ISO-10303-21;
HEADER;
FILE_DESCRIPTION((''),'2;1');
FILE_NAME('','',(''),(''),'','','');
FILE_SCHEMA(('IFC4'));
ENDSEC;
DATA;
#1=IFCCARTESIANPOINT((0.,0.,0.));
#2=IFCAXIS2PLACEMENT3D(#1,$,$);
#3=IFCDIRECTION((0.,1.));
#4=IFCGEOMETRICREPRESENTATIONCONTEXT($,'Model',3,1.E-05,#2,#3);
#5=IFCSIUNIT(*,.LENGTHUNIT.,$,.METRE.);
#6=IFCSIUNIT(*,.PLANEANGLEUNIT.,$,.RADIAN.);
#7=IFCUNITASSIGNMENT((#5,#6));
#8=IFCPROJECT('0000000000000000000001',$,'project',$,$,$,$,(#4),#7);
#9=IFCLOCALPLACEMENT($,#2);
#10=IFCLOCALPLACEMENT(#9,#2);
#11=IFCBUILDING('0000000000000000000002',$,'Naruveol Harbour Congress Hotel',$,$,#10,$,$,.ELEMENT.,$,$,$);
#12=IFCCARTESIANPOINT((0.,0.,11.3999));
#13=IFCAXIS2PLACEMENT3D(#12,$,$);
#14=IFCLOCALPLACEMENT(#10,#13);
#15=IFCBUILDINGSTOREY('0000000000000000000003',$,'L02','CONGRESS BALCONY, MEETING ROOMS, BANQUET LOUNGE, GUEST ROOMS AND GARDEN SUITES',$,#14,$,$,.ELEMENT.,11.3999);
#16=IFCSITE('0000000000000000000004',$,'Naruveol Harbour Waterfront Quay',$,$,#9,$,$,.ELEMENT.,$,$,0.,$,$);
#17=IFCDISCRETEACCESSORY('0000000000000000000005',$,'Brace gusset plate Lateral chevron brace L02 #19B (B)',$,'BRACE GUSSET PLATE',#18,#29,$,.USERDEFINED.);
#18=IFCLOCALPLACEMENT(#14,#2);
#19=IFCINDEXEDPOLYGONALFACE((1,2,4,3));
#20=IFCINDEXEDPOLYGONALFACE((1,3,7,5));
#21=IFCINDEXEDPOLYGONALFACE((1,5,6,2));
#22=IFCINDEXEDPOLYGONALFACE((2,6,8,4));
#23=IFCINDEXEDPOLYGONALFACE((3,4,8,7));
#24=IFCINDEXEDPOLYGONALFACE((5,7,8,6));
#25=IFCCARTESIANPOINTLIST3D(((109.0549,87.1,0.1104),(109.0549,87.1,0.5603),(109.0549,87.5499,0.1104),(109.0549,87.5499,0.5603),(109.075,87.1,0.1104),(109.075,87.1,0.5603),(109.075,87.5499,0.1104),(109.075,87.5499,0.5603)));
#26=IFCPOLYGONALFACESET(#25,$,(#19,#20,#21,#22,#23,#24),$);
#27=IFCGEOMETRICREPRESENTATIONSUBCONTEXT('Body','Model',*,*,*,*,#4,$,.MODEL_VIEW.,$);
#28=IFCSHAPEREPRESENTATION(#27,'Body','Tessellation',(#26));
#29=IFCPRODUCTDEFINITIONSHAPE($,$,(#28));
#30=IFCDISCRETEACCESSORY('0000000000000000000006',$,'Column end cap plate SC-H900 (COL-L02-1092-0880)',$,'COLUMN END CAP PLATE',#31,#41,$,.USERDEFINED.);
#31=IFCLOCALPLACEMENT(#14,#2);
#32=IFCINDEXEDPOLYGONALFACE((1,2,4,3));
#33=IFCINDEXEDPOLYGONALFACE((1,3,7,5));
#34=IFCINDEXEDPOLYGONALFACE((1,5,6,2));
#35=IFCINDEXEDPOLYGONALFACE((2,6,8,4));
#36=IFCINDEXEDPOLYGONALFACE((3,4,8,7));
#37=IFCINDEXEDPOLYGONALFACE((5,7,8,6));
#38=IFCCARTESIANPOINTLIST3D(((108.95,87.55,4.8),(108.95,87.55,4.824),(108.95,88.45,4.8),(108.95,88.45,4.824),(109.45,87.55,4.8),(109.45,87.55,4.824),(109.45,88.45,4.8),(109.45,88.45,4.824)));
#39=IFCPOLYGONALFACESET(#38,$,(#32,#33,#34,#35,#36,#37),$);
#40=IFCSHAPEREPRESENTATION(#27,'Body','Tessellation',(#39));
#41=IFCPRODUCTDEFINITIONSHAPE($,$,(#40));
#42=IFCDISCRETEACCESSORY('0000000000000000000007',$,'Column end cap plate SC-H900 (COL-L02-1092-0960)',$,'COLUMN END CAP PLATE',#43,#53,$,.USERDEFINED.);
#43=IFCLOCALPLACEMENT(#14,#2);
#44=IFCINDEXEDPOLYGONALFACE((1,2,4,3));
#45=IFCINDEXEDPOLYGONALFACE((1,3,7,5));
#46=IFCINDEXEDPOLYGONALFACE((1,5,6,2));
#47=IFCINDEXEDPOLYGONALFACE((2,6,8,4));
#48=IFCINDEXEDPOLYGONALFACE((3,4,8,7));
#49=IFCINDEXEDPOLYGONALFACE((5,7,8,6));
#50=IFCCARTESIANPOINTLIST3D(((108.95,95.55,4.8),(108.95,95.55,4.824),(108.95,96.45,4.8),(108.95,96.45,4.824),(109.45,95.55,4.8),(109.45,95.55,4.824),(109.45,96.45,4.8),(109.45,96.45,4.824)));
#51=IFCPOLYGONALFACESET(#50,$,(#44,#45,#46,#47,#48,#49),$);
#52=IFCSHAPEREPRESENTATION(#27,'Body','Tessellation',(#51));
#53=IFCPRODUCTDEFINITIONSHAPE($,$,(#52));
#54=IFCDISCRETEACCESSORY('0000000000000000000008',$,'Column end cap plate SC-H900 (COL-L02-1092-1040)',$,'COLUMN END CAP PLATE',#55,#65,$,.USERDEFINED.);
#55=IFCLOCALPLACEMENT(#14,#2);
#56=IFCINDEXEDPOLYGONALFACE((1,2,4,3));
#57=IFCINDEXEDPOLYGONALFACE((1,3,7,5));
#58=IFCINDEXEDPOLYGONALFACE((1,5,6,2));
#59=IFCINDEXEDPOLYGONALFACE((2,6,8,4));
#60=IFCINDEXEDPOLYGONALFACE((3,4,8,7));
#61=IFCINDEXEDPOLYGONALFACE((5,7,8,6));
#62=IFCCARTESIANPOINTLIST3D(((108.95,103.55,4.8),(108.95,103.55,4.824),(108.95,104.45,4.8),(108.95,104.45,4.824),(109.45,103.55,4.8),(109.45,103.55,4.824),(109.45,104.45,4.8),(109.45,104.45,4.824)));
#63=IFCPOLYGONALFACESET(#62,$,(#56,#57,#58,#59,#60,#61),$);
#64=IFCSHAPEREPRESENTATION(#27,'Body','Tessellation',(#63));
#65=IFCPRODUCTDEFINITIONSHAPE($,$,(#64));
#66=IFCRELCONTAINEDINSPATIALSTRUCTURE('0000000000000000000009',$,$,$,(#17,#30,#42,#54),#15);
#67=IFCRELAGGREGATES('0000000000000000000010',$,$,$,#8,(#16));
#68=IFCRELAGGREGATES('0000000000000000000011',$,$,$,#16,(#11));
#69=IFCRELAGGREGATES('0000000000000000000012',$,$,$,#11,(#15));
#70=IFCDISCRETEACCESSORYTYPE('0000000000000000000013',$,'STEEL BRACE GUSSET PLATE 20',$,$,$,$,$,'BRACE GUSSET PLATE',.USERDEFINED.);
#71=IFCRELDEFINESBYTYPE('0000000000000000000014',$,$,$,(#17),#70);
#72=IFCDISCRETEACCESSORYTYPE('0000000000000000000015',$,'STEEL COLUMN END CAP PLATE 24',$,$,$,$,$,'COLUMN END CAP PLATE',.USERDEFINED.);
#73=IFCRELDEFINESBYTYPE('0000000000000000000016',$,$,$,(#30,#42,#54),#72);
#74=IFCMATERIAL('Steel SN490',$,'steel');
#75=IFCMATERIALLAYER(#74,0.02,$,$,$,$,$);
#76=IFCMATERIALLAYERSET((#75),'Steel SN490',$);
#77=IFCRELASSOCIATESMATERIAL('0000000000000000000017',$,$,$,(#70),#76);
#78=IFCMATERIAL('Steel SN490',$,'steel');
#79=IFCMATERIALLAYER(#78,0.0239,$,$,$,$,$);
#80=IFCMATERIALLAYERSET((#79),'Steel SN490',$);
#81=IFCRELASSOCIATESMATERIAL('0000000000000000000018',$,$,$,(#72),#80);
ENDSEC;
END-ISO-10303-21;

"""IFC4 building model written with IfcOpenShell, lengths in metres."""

from ifc_helpers import new_model, si_unit, direction, frame, origin, origin_2d, place, context, subcontext, project, spatial, rectangle, extrude, material, layer, layer_set, type_object, element, save


model = new_model("IFC4")

# Units and contexts
model_context = context("Model", 3, precision=1e-05, world=origin(), true_north=direction((0.0, 1.0)))
body_context = subcontext(model_context, "Body", "Model", "MODEL_VIEW")
ifc_project = project(units=[si_unit("LENGTHUNIT", "METRE"), si_unit("PLANEANGLEUNIT", "RADIAN")], contexts=[model_context])

# Site, building, storey
site_placement = place(None, origin())
site = spatial("IfcSite", under=ifc_project, at=site_placement, Name="Naruveol Harbour Waterfront Quay", CompositionType="ELEMENT", RefElevation=0.0)
building_placement = place(site_placement, origin())
building = spatial("IfcBuilding", under=site, at=building_placement, Name="Naruveol Harbour Congress Hotel", CompositionType="ELEMENT")
storey_placement = place(building_placement, frame((0.0, 0.0, 11.3999)))
storey = spatial("IfcBuildingStorey", under=building, at=storey_placement, Name="L02", Description="CONGRESS BALCONY, MEETING ROOMS, BANQUET LOUNGE, GUEST ROOMS AND GARDEN SUITES", CompositionType="ELEMENT", Elevation=11.3999)

# Discrete accessories
ifc_material_1 = material(Name="Steel SN490", Category="steel")
ifc_layer_1 = layer(ifc_material_1, 0.02)
ifc_layer_set_1 = layer_set([ifc_layer_1], Name="Steel SN490")
discrete_accessory_type_1 = type_object("IfcDiscreteAccessoryType", Name="STEEL BRACE GUSSET PLATE 20", ElementType="BRACE GUSSET PLATE", PredefinedType="USERDEFINED", material=ifc_layer_set_1)
for number, where, z_axis, x_axis, name in (
    (1, (109.0649, 87.325, 0.1104), (0.0, 0.0, 1.0), (0.0, -1.0, 0.0), "Brace gusset plate Lateral chevron brace L02 #19B (B)"),
):
    element("IfcDiscreteAccessory", number, at=place(storey_placement, frame(where, z_axis=z_axis, x_axis=x_axis)), inside=storey, type_object=discrete_accessory_type_1, Name=name, ObjectType="BRACE GUSSET PLATE", PredefinedType="USERDEFINED", context=body_context, shape_type="SweptSolid", body=[
        extrude(rectangle(XDim=0.45, YDim=0.02, at=origin_2d()), origin(), (0.0, 0.0, 1.0), 0.45),
    ])
ifc_material_2 = material(Name="Steel SN490", Category="steel")
ifc_layer_2 = layer(ifc_material_2, 0.0239)
ifc_layer_set_2 = layer_set([ifc_layer_2], Name="Steel SN490")
discrete_accessory_type_2 = type_object("IfcDiscreteAccessoryType", Name="STEEL COLUMN END CAP PLATE 24", ElementType="COLUMN END CAP PLATE", PredefinedType="USERDEFINED", material=ifc_layer_set_2)
for number, where, z_axis, x_axis, name in (
    (2, (109.2, 88.0, 4.8), (0.0, 0.0, 1.0), (1.0, 0.0, 0.0), "Column end cap plate SC-H900 (COL-L02-1092-0880)"),
    (3, (109.2, 96.0, 4.8), (0.0, 0.0, 1.0), (1.0, 0.0, 0.0), "Column end cap plate SC-H900 (COL-L02-1092-0960)"),
    (4, (109.2, 104.0, 4.8), (0.0, 0.0, 1.0), (1.0, 0.0, 0.0), "Column end cap plate SC-H900 (COL-L02-1092-1040)"),
):
    element("IfcDiscreteAccessory", number, at=place(storey_placement, frame(where, z_axis=z_axis, x_axis=x_axis)), inside=storey, type_object=discrete_accessory_type_2, Name=name, ObjectType="COLUMN END CAP PLATE", PredefinedType="USERDEFINED", context=body_context, shape_type="SweptSolid", body=[
        extrude(rectangle(XDim=0.5, YDim=0.8999, at=origin_2d()), origin(), (0.0, 0.0, 1.0), 0.0239),
    ])

save(model, "model.ifc")
